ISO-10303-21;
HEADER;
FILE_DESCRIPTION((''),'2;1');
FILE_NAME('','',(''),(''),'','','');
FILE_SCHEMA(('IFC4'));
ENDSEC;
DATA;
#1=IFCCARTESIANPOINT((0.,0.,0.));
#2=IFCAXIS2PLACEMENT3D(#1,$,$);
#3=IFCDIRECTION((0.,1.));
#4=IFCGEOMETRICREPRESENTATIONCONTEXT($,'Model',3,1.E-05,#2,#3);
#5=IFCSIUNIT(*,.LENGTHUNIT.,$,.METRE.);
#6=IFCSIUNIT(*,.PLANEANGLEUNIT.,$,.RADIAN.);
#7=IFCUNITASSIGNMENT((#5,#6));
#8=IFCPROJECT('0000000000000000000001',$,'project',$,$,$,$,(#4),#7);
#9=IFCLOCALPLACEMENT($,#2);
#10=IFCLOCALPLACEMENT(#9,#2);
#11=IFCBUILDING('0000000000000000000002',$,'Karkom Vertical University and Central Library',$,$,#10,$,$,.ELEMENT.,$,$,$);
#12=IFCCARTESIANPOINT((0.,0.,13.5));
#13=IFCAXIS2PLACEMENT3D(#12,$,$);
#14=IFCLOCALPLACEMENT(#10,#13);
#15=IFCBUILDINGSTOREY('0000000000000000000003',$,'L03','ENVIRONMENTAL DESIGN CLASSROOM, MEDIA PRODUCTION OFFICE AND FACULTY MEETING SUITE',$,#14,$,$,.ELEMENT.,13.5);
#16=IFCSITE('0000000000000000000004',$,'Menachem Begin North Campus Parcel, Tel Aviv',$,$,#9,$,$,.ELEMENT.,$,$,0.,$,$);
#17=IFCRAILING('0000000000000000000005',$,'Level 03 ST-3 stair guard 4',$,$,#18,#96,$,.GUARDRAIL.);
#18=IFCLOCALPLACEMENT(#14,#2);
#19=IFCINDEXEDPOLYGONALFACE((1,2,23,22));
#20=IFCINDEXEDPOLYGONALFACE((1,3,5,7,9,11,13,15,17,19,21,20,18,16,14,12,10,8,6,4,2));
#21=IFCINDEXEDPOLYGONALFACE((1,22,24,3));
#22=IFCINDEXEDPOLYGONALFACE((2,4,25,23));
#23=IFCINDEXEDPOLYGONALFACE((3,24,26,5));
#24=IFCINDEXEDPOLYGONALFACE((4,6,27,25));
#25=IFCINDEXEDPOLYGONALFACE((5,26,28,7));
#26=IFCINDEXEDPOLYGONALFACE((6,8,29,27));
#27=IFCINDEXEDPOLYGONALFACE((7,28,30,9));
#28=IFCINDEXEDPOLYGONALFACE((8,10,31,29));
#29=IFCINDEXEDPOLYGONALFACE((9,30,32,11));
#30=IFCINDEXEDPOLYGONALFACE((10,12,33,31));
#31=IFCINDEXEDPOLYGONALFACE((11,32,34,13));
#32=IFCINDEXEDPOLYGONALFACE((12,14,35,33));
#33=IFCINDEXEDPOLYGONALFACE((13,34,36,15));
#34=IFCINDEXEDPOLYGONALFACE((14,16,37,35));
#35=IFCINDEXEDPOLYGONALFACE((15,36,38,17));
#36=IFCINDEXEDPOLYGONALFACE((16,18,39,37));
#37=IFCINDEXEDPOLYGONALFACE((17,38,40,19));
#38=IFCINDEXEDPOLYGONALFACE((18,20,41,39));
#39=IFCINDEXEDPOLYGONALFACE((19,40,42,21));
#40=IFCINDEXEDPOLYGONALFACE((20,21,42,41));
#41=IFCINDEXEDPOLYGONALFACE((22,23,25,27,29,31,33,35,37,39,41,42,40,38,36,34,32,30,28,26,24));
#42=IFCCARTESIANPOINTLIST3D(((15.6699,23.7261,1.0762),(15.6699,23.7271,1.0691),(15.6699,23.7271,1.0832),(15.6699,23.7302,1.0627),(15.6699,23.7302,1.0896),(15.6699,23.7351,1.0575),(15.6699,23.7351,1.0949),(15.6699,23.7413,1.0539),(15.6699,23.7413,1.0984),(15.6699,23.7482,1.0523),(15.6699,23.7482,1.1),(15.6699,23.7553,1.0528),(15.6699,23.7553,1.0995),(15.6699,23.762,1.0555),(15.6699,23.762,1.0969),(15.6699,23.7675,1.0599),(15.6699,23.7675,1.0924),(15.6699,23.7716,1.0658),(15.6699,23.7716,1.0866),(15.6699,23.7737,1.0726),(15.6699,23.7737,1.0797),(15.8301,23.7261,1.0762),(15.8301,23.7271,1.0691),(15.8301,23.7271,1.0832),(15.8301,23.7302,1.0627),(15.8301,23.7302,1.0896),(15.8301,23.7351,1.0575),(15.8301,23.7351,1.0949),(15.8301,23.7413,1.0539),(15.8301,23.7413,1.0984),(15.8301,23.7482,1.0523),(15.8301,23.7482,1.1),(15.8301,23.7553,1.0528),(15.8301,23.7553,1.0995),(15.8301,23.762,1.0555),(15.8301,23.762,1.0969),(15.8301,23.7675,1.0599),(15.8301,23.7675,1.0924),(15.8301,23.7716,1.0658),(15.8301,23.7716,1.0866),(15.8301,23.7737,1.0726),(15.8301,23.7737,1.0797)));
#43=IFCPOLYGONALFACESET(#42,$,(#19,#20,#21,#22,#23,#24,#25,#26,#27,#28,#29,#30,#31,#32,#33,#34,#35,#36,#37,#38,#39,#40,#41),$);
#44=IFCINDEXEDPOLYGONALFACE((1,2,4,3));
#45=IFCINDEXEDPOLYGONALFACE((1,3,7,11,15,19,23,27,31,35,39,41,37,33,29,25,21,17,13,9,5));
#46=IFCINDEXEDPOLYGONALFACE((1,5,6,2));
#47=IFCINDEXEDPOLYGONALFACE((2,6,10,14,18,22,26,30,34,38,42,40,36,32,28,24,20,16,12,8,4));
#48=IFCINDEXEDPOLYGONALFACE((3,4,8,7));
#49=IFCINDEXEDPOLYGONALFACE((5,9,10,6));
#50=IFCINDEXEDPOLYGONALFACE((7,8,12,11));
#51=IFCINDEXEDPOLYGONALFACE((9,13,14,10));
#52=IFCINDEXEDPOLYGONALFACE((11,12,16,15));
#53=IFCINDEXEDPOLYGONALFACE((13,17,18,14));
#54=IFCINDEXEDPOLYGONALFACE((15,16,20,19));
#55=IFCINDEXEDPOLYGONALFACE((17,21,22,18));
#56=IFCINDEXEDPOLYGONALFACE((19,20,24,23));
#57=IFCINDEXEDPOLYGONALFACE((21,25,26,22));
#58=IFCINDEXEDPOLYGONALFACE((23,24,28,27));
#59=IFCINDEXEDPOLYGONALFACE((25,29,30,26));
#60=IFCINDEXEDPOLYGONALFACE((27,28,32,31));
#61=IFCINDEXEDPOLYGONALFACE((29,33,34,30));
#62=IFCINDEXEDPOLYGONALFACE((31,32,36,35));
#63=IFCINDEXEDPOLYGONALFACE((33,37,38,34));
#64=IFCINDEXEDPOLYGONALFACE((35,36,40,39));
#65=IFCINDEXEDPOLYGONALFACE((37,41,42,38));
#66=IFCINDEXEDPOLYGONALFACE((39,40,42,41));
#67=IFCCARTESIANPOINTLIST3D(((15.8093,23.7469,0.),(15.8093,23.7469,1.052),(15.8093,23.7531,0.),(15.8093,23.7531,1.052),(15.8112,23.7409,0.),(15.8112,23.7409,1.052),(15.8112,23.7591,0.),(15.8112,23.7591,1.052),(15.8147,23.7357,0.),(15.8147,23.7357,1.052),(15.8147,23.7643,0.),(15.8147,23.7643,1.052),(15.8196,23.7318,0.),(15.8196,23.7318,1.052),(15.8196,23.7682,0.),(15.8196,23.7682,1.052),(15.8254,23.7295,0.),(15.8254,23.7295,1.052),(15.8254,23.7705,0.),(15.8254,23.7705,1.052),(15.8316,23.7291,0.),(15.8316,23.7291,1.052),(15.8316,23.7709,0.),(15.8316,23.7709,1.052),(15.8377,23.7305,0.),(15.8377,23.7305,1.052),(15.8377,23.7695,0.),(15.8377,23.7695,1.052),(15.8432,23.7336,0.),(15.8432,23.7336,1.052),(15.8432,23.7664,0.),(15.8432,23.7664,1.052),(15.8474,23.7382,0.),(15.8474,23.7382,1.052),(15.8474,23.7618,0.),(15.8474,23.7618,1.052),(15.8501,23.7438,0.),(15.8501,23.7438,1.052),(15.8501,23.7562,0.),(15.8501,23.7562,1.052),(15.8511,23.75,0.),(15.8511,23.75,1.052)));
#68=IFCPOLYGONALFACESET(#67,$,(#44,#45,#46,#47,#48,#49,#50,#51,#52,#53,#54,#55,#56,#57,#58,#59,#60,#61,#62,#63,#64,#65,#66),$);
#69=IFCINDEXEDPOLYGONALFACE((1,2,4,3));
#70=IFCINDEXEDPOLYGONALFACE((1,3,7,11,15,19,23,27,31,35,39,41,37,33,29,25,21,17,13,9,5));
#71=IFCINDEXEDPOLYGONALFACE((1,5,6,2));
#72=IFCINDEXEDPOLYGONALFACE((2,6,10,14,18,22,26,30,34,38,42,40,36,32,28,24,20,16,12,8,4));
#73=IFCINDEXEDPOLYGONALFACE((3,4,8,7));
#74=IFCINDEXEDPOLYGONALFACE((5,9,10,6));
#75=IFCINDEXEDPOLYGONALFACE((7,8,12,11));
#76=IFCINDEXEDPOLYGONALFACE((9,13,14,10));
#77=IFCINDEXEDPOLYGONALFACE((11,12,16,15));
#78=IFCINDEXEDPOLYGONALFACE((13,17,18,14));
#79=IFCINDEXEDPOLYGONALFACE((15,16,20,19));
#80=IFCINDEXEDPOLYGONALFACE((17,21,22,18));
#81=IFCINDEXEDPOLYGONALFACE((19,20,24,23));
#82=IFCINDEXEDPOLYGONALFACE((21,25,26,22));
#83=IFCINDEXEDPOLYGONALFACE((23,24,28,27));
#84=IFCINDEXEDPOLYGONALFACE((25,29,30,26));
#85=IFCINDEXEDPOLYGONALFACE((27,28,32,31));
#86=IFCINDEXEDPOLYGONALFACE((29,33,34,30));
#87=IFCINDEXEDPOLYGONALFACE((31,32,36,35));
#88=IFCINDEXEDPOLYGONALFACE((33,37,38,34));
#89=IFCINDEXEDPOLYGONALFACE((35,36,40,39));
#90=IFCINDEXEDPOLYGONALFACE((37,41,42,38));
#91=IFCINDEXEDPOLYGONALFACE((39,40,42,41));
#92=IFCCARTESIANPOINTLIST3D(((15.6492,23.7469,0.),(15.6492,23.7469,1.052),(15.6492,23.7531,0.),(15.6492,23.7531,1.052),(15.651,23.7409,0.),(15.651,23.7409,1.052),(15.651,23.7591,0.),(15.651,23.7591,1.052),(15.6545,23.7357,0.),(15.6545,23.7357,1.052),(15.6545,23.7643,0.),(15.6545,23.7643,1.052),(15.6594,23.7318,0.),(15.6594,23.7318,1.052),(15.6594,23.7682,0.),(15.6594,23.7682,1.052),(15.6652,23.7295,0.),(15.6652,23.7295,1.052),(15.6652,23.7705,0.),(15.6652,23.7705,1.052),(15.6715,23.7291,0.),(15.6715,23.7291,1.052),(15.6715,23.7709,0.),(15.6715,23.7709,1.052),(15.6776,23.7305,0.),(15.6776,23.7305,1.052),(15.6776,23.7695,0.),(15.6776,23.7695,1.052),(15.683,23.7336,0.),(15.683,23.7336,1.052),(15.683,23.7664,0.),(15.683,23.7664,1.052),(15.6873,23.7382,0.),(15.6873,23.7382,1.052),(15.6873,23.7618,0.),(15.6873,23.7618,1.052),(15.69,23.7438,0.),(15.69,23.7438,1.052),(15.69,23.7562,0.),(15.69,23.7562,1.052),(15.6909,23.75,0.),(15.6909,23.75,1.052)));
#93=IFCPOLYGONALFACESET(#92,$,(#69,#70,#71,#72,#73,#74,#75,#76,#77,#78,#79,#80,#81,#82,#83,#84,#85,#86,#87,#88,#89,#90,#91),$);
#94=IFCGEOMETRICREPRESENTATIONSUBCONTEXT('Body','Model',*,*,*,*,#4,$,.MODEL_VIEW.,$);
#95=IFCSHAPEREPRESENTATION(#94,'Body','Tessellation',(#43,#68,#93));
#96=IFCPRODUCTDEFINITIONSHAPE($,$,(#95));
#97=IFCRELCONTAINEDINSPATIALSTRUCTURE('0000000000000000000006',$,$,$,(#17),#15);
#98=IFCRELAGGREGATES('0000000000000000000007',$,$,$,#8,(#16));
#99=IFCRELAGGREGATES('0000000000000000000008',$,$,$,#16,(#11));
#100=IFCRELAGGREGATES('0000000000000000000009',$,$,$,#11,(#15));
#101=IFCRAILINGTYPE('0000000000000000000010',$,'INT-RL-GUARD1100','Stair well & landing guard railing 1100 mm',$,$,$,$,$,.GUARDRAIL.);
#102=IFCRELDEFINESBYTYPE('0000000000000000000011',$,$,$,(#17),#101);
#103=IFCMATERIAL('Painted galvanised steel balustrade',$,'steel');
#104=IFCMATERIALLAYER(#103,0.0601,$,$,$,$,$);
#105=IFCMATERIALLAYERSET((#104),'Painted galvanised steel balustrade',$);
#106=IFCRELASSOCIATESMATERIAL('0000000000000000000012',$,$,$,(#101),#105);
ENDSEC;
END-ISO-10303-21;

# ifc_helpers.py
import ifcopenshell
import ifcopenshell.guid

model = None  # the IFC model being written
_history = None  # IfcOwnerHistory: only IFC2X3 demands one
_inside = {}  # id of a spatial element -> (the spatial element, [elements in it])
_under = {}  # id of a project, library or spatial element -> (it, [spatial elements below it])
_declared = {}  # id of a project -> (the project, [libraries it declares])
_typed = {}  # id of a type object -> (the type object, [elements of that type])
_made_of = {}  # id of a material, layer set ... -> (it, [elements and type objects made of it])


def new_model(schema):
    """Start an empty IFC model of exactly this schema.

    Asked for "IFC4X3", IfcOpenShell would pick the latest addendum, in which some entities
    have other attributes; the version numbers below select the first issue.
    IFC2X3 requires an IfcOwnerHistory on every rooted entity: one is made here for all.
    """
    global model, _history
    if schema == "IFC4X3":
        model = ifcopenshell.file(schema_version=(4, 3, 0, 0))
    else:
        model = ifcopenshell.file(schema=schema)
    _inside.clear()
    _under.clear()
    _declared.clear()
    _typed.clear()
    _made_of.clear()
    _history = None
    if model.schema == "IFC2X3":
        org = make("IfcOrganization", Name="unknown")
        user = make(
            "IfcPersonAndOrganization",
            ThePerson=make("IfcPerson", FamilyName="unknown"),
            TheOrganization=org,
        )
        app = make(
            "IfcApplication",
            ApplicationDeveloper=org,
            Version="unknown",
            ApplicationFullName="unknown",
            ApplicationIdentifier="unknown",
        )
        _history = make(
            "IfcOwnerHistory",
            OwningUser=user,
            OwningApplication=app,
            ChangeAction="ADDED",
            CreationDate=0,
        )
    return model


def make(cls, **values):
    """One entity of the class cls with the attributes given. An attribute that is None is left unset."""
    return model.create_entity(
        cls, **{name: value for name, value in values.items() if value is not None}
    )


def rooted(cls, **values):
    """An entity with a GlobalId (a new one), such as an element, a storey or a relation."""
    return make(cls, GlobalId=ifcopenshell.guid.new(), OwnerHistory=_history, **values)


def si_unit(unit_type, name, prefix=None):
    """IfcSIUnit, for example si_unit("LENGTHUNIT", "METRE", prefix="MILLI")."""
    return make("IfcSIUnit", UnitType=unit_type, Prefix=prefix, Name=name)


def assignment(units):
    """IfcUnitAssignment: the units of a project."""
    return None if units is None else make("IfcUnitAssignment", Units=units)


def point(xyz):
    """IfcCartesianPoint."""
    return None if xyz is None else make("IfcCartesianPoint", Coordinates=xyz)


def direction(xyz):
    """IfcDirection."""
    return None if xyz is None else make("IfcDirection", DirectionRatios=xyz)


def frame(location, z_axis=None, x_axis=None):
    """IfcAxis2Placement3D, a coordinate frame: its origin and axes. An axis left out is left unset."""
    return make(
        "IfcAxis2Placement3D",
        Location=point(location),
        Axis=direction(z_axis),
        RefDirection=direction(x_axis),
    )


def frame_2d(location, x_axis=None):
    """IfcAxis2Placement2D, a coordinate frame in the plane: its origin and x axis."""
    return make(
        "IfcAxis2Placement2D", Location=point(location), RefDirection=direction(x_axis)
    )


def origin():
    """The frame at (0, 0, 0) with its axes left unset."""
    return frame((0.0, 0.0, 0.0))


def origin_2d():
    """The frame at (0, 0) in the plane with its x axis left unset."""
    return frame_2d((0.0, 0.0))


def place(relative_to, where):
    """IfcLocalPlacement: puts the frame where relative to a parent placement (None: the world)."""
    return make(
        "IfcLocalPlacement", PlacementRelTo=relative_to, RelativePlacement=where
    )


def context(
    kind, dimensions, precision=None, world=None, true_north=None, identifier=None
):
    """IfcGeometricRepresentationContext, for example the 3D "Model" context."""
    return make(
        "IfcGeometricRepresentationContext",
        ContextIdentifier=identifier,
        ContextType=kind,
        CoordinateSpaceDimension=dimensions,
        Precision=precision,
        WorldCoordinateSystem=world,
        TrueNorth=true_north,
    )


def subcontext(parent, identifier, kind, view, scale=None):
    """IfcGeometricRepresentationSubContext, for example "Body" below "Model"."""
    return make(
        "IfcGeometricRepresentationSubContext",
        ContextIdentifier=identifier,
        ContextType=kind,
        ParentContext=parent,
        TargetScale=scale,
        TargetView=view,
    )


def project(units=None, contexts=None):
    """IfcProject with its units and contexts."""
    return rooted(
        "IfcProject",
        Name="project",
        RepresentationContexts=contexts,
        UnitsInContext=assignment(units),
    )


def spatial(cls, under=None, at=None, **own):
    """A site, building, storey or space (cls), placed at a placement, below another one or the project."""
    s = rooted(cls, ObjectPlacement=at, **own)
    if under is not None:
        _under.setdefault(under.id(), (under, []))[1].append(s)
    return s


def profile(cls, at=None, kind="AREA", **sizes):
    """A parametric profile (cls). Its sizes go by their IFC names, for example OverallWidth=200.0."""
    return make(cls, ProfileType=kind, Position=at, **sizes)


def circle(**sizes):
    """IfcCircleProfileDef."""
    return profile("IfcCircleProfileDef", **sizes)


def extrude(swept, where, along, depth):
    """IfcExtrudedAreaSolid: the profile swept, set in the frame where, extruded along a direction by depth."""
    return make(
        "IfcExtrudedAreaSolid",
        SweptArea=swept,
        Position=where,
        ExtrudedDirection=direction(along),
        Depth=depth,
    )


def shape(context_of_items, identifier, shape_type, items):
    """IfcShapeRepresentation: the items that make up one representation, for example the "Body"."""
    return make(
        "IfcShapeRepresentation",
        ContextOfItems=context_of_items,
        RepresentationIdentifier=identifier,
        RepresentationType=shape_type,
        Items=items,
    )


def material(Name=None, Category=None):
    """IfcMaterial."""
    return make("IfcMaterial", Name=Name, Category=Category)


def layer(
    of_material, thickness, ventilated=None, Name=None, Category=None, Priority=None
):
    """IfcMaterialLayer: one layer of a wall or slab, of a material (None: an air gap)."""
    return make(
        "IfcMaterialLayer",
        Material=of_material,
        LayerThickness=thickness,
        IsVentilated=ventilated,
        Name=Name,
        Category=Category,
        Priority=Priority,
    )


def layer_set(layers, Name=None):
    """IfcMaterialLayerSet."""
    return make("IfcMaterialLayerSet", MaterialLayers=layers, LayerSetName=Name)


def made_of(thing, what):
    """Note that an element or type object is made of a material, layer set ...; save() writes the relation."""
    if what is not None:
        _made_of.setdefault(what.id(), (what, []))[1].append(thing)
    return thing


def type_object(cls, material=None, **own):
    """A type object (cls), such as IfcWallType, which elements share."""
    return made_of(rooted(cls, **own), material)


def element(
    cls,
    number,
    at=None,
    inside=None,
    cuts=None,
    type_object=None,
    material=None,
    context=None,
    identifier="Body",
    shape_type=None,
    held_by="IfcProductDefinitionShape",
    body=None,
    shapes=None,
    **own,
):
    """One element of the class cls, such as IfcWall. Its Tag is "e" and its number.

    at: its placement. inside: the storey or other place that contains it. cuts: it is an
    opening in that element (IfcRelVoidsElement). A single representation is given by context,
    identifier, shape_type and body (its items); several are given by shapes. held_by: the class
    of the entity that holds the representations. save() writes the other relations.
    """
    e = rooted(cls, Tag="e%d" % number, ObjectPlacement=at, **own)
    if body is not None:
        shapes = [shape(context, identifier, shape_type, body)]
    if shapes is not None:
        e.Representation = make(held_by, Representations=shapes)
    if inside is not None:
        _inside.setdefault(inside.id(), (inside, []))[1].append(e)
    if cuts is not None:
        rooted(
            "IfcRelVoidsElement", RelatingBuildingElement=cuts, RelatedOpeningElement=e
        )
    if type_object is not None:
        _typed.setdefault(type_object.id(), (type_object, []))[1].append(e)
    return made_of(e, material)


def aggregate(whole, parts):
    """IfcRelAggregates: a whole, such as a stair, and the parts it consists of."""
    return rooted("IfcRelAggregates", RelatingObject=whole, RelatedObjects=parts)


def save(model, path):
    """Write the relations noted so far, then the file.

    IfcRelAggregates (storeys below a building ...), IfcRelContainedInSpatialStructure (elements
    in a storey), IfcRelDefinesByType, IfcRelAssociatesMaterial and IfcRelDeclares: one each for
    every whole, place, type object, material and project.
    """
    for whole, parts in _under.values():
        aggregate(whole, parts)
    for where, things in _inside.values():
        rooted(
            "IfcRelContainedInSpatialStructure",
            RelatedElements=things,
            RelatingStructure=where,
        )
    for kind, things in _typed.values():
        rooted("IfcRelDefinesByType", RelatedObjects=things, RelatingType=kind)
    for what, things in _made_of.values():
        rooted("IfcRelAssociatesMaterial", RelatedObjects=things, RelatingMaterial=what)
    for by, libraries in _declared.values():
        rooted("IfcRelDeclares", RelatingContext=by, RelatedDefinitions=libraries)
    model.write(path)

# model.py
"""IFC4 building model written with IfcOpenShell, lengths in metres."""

from ifc_helpers import new_model, si_unit, direction, frame, origin, origin_2d, place, context, subcontext, project, spatial, circle, extrude, material, layer, layer_set, type_object, element, save


model = new_model("IFC4")

# Units and contexts
model_context = context("Model", 3, precision=1e-05, world=origin(), true_north=direction((0.0, 1.0)))
body_context = subcontext(model_context, "Body", "Model", "MODEL_VIEW")
ifc_project = project(units=[si_unit("LENGTHUNIT", "METRE"), si_unit("PLANEANGLEUNIT", "RADIAN")], contexts=[model_context])

# Site, building, storey
site_placement = place(None, origin())
site = spatial("IfcSite", under=ifc_project, at=site_placement, Name="Menachem Begin North Campus Parcel, Tel Aviv", CompositionType="ELEMENT", RefElevation=0.0)
building_placement = place(site_placement, origin())
building = spatial("IfcBuilding", under=site, at=building_placement, Name="Karkom Vertical University and Central Library", CompositionType="ELEMENT")
storey_placement = place(building_placement, frame((0.0, 0.0, 13.5)))
storey = spatial("IfcBuildingStorey", under=building, at=storey_placement, Name="L03", Description="ENVIRONMENTAL DESIGN CLASSROOM, MEDIA PRODUCTION OFFICE AND FACULTY MEETING SUITE", CompositionType="ELEMENT", Elevation=13.5)

# Railing
ifc_material_1 = material(Name="Painted galvanised steel balustrade", Category="steel")
ifc_layer_1 = layer(ifc_material_1, 0.0601)
ifc_layer_set_1 = layer_set([ifc_layer_1], Name="Painted galvanised steel balustrade")
railing_type_1 = type_object("IfcRailingType", Name="INT-RL-GUARD1100", Description="Stair well & landing guard railing 1100 mm", PredefinedType="GUARDRAIL", material=ifc_layer_set_1)
railing_1_placement = place(storey_placement, frame((15.8301, 23.75, 0.0)))
element("IfcRailing", 1, at=railing_1_placement, inside=storey, type_object=railing_type_1, Name="Level 03 ST-3 stair guard 4", PredefinedType="GUARDRAIL", context=body_context, shape_type="SweptSolid", body=[
    extrude(circle(Radius=0.0239, at=origin_2d()), frame((0.0, 0.0, 1.0762), z_axis=(-1.0, 0.0, 0.0), x_axis=(0.0, -1.0, 0.0)), (0.0, 0.0, 1.0), 0.1602),
    extrude(circle(Radius=0.021, at=origin_2d()), origin(), (0.0, 0.0, 1.0), 1.052),
    extrude(circle(Radius=0.021, at=origin_2d()), frame((-0.1602, 0.0, 0.0)), (0.0, 0.0, 1.0), 1.052),
])

save(model, "model.ifc")
